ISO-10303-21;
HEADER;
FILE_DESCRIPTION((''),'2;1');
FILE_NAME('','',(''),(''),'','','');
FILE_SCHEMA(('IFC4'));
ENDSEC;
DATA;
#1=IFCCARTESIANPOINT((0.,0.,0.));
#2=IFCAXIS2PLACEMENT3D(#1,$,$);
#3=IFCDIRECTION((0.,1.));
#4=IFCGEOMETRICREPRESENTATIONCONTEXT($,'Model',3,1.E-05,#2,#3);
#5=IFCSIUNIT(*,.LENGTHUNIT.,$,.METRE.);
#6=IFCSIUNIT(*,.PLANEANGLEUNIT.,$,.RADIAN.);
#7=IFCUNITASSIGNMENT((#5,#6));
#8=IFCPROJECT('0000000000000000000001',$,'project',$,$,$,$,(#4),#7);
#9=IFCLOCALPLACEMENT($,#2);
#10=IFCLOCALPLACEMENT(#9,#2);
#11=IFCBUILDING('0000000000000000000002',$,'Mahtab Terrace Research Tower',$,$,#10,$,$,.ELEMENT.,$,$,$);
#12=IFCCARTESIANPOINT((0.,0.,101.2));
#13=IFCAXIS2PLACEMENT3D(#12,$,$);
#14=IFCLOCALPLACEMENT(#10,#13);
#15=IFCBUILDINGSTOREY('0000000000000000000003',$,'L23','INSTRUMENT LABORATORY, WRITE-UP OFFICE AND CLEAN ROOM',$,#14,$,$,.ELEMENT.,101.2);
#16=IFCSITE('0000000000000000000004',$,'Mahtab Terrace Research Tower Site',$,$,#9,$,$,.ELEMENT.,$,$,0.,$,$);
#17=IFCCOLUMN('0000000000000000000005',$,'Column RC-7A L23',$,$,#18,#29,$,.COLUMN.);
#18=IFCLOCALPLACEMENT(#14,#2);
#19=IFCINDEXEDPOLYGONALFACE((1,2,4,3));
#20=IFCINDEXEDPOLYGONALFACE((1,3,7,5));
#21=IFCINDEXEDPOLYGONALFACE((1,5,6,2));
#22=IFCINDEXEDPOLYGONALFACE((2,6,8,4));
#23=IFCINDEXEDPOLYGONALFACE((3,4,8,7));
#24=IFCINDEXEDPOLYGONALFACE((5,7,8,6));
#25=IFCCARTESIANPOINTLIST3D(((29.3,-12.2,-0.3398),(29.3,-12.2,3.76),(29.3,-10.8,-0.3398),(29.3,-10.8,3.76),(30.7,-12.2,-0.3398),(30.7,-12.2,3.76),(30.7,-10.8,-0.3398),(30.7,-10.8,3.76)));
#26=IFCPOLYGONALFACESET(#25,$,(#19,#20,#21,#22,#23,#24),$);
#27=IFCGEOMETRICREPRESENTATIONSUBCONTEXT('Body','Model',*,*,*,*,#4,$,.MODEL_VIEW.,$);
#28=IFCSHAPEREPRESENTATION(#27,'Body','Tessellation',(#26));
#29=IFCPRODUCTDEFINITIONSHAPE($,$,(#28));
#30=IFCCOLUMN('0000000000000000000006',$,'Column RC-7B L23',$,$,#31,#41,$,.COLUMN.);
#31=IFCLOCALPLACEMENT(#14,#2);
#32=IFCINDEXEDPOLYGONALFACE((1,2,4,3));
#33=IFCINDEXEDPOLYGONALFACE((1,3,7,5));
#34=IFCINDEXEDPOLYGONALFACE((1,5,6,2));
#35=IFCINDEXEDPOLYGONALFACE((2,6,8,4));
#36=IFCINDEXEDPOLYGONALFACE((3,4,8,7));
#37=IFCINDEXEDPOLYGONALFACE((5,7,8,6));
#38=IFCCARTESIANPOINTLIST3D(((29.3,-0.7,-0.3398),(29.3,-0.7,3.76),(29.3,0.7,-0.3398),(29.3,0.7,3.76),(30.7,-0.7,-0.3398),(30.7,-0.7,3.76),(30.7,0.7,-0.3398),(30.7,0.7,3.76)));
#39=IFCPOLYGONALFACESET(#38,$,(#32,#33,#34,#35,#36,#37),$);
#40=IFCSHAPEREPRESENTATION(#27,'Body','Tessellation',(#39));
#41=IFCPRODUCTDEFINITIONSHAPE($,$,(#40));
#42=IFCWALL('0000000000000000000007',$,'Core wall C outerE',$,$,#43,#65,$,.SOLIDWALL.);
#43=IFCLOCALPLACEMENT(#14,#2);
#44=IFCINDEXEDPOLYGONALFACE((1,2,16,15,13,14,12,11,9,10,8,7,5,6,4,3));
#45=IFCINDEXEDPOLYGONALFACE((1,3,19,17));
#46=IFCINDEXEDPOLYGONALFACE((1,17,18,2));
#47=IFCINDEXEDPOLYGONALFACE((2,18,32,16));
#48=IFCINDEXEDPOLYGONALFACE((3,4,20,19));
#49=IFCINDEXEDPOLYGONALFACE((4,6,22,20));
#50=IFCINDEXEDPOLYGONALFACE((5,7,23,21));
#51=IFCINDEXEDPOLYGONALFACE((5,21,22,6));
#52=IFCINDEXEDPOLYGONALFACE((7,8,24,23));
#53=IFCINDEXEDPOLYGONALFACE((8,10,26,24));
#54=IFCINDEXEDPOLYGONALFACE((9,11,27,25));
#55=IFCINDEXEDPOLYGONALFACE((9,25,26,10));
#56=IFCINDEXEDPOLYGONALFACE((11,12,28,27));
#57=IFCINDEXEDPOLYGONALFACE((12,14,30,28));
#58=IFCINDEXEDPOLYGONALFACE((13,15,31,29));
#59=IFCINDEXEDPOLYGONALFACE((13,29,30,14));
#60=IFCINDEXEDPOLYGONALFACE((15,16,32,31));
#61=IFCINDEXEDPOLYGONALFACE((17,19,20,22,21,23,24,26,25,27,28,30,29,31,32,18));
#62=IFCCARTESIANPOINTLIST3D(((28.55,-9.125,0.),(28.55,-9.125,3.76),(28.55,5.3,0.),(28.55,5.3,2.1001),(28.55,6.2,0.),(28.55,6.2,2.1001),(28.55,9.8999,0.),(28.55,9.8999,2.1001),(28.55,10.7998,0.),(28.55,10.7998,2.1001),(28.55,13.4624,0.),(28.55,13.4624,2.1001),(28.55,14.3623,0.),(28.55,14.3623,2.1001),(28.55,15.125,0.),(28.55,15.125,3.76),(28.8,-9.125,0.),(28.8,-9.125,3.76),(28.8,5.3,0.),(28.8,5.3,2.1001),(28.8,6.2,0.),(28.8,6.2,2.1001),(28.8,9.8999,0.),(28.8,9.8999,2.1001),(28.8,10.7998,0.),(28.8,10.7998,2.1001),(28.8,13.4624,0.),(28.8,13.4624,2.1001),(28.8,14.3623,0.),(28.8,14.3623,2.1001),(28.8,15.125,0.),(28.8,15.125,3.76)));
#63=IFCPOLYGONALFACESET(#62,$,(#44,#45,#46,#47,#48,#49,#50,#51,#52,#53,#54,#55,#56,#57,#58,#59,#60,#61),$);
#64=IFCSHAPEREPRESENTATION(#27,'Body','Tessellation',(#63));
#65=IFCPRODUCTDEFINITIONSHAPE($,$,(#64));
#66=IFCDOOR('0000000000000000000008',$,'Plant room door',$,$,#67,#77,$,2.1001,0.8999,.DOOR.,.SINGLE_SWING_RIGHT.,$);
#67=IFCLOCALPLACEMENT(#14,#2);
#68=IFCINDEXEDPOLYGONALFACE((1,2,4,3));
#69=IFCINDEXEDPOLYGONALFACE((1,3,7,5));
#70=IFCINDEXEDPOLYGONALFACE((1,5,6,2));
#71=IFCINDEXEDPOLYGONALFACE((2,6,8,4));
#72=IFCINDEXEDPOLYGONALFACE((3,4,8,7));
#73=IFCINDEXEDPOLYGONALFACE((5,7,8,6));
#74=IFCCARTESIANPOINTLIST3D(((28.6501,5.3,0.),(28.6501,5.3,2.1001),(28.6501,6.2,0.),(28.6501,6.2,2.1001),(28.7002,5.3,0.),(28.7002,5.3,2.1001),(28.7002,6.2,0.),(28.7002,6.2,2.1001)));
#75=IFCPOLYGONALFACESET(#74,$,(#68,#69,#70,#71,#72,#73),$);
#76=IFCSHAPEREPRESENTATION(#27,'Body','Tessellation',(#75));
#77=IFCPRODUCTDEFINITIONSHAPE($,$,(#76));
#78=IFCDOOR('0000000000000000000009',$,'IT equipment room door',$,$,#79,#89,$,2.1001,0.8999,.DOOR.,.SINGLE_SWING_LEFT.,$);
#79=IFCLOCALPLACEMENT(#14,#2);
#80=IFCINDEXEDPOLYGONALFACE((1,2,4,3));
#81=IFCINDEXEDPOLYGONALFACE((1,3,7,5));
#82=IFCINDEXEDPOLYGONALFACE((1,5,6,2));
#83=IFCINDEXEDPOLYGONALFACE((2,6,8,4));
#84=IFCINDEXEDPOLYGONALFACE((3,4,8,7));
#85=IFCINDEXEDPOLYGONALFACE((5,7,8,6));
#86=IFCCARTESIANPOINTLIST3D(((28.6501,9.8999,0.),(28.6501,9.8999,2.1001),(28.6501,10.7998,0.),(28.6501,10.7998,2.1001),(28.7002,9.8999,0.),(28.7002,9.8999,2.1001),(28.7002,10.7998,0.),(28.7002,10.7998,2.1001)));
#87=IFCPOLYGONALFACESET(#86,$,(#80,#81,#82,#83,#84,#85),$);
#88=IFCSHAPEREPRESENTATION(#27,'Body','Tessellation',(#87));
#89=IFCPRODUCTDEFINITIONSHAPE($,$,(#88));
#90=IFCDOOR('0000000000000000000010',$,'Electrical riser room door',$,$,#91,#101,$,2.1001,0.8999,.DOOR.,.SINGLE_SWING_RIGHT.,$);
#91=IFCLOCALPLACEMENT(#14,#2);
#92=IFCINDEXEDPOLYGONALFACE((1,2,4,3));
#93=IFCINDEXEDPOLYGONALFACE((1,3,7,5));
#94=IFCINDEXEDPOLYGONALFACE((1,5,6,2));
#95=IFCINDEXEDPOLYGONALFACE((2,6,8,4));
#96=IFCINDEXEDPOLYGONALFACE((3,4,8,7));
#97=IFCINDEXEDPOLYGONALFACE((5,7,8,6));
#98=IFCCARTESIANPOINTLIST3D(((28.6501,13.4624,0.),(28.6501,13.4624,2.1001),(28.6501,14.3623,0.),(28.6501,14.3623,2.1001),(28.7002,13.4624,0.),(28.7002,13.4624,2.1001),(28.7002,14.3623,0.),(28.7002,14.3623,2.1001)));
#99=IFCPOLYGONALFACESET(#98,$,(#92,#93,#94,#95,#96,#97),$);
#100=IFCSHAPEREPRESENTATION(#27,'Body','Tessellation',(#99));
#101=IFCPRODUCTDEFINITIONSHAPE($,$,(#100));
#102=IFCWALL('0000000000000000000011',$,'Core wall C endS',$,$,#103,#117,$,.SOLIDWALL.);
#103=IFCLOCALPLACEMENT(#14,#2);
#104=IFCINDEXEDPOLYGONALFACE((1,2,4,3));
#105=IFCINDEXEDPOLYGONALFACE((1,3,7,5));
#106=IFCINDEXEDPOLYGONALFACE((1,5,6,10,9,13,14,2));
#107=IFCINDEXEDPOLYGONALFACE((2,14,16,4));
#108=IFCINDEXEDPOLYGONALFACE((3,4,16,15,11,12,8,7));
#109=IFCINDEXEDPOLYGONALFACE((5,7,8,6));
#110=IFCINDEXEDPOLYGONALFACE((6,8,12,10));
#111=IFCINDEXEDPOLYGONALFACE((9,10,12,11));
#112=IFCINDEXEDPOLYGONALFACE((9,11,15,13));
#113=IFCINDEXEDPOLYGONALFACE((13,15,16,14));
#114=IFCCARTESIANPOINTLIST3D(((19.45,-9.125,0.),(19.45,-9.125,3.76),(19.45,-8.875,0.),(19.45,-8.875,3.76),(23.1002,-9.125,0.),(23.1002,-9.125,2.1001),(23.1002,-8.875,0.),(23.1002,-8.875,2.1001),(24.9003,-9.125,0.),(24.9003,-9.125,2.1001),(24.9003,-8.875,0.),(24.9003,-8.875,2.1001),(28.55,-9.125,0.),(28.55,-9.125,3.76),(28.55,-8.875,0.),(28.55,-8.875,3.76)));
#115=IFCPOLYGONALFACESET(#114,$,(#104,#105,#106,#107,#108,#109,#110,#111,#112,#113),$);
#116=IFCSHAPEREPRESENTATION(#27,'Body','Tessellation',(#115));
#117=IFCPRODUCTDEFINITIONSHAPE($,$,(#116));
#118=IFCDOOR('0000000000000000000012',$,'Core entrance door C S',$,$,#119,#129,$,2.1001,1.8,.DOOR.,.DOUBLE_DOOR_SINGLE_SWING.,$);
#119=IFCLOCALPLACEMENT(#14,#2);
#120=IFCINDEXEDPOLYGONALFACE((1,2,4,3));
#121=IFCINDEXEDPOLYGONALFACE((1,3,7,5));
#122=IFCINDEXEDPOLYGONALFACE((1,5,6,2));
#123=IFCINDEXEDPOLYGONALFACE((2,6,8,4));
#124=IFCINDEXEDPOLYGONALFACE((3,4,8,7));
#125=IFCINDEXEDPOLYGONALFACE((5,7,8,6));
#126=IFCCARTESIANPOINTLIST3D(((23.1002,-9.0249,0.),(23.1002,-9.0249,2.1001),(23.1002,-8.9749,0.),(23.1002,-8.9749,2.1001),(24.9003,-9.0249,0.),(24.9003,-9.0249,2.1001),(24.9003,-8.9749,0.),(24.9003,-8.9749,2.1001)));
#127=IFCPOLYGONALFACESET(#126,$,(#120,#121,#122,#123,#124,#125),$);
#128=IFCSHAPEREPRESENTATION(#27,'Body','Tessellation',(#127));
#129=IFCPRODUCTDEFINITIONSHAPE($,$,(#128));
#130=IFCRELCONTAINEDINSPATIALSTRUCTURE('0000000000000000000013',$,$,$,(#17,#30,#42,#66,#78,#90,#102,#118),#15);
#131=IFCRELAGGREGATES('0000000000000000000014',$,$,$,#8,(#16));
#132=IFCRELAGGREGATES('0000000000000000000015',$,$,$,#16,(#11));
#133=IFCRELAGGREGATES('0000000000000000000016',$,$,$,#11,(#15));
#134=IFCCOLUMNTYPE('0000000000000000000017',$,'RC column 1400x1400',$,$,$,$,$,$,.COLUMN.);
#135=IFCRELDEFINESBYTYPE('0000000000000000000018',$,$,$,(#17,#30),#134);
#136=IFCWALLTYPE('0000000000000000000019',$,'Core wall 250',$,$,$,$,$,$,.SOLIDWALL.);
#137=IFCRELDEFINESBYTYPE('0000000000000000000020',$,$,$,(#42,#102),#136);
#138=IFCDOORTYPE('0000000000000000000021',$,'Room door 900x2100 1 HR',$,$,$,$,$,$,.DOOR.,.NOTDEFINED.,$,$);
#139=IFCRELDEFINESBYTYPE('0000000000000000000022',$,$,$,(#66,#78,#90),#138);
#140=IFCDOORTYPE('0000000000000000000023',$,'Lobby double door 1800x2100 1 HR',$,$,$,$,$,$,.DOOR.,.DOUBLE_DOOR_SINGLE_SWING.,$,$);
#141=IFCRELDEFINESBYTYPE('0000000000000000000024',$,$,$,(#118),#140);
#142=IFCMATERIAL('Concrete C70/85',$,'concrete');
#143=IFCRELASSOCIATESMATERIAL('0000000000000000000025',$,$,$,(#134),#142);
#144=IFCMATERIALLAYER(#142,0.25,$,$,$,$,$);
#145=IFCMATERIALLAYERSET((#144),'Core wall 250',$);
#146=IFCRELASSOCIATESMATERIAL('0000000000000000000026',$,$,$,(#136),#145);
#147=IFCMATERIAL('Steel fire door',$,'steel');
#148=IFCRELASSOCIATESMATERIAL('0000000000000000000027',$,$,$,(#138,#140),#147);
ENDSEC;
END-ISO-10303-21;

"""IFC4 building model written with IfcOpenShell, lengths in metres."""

from ifc_helpers import new_model, si_unit, direction, frame, frame_2d, origin, origin_2d, place, context, subcontext, project, spatial, rectangle, extrude, material, layer, layer_set, material_profile, profile_set, type_object, element, fill, save


model = new_model("IFC4")

# Units and contexts
model_context = context("Model", 3, precision=1e-05, world=origin(), true_north=direction((0.0, 1.0)))
body_context = subcontext(model_context, "Body", "Model", "MODEL_VIEW")
ifc_project = project(units=[si_unit("LENGTHUNIT", "METRE"), si_unit("PLANEANGLEUNIT", "RADIAN")], contexts=[model_context])

# Site, building, storey
site_placement = place(None, origin())
site = spatial("IfcSite", under=ifc_project, at=site_placement, Name="Mahtab Terrace Research Tower Site", CompositionType="ELEMENT", RefElevation=0.0)
building_placement = place(site_placement, origin())
building = spatial("IfcBuilding", under=site, at=building_placement, Name="Mahtab Terrace Research Tower", CompositionType="ELEMENT")
storey_placement = place(building_placement, frame((0.0, 0.0, 101.2)))
storey = spatial("IfcBuildingStorey", under=building, at=storey_placement, Name="L23", Description="INSTRUMENT LABORATORY, WRITE-UP OFFICE AND CLEAN ROOM", CompositionType="ELEMENT", Elevation=101.2)

# Columns
ifc_material_1 = material(Name="Concrete C70/85", Category="concrete")
ifc_material_profile = material_profile(ifc_material_1, rectangle(XDim=1.3999, YDim=1.3999, at=origin_2d()), Name="RC column 1400x1400")
ifc_profile_set = profile_set([ifc_material_profile], Name="Concrete C70/85")
column_type = type_object("IfcColumnType", Name="RC column 1400x1400", PredefinedType="COLUMN", material=ifc_profile_set)
for number, where, z_axis, x_axis, name in (
    (1, (30.0, -11.5, -0.3398), (0.0, 0.0, 1.0), (1.0, 0.0, 0.0), "Column RC-7A L23"),
    (2, (30.0, 0.0, -0.3398), (0.0, 0.0, 1.0), (1.0, 0.0, 0.0), "Column RC-7B L23"),
):
    element("IfcColumn", number, at=place(storey_placement, frame(where, z_axis=z_axis, x_axis=x_axis)), inside=storey, type_object=column_type, Name=name, PredefinedType="COLUMN", context=body_context, shape_type="SweptSolid", body=[
        extrude(rectangle(XDim=1.3999, YDim=1.3999, at=origin_2d()), origin(), (0.0, 0.0, 1.0), 4.0999),
    ])

# Wall, openings, doors
ifc_layer_1 = layer(ifc_material_1, 0.25)
ifc_layer_set_1 = layer_set([ifc_layer_1], Name="Core wall 250")
wall_type_1 = type_object("IfcWallType", Name="Core wall 250", PredefinedType="SOLIDWALL", material=ifc_layer_set_1)
wall_1_placement = place(storey_placement, frame((28.675, -9.125, 0.0), z_axis=(0.0, 0.0, 1.0), x_axis=(0.0, 1.0, 0.0)))
wall_1 = element("IfcWall", 3, at=wall_1_placement, inside=storey, type_object=wall_type_1, Name="Core wall C outerE", PredefinedType="SOLIDWALL", context=body_context, shape_type="SweptSolid", body=[
    extrude(rectangle(XDim=24.25, YDim=0.25, at=frame_2d((12.125, 0.0))), origin(), (0.0, 0.0, 1.0), 3.76),
])
opening_1_placement = place(wall_1_placement, frame((14.425, 0.0, 0.0)))
opening_1 = element("IfcOpeningElement", 4, at=opening_1_placement, cuts=wall_1, PredefinedType="OPENING", context=body_context, shape_type="SweptSolid", body=[
    extrude(rectangle(XDim=0.8999, YDim=2.1001, at=frame_2d((0.45, 1.05))), frame((0.0, 0.135, 0.0), z_axis=(0.0, -1.0, 0.0), x_axis=(1.0, 0.0, 0.0)), (0.0, 0.0, 1.0), 0.27),
])
opening_2_placement = place(wall_1_placement, frame((19.0249, 0.0, 0.0)))
opening_2 = element("IfcOpeningElement", 5, at=opening_2_placement, cuts=wall_1, PredefinedType="OPENING", context=body_context, shape_type="SweptSolid", body=[
    extrude(rectangle(XDim=0.8999, YDim=2.1001, at=frame_2d((0.45, 1.05))), frame((0.0, 0.135, 0.0), z_axis=(0.0, -1.0, 0.0), x_axis=(1.0, 0.0, 0.0)), (0.0, 0.0, 1.0), 0.27),
])
opening_3_placement = place(wall_1_placement, frame((22.5874, 0.0, 0.0)))
opening_3 = element("IfcOpeningElement", 6, at=opening_3_placement, cuts=wall_1, PredefinedType="OPENING", context=body_context, shape_type="SweptSolid", body=[
    extrude(rectangle(XDim=0.8999, YDim=2.1001, at=frame_2d((0.45, 1.05))), frame((0.0, 0.135, 0.0), z_axis=(0.0, -1.0, 0.0), x_axis=(1.0, 0.0, 0.0)), (0.0, 0.0, 1.0), 0.27),
])
ifc_material_2 = material(Name="Steel fire door", Category="steel")
door_type_1 = type_object("IfcDoorType", Name="Room door 900x2100 1 HR", OperationType="NOTDEFINED", PredefinedType="DOOR", material=ifc_material_2)
door_1_placement = place(opening_1_placement, origin())
door_1 = element("IfcDoor", 7, at=door_1_placement, inside=storey, type_object=door_type_1, Name="Plant room door", OperationType="SINGLE_SWING_RIGHT", OverallHeight=2.1001, OverallWidth=0.8999, PredefinedType="DOOR", context=body_context, shape_type="SweptSolid", body=[
    extrude(rectangle(XDim=0.8999, YDim=2.1001, at=frame_2d((0.45, 1.05))), frame((0.0, 0.0249, 0.0), z_axis=(0.0, -1.0, 0.0), x_axis=(1.0, 0.0, 0.0)), (0.0, 0.0, 1.0), 0.05),
])
fill(opening_1, door_1)
door_2_placement = place(opening_2_placement, origin())
door_2 = element("IfcDoor", 8, at=door_2_placement, inside=storey, type_object=door_type_1, Name="IT equipment room door", OperationType="SINGLE_SWING_LEFT", OverallHeight=2.1001, OverallWidth=0.8999, PredefinedType="DOOR", context=body_context, shape_type="SweptSolid", body=[
    extrude(rectangle(XDim=0.8999, YDim=2.1001, at=frame_2d((0.45, 1.05))), frame((0.0, 0.0249, 0.0), z_axis=(0.0, -1.0, 0.0), x_axis=(1.0, 0.0, 0.0)), (0.0, 0.0, 1.0), 0.05),
])
fill(opening_2, door_2)
door_3_placement = place(opening_3_placement, origin())
door_3 = element("IfcDoor", 9, at=door_3_placement, inside=storey, type_object=door_type_1, Name="Electrical riser room door", OperationType="SINGLE_SWING_RIGHT", OverallHeight=2.1001, OverallWidth=0.8999, PredefinedType="DOOR", context=body_context, shape_type="SweptSolid", body=[
    extrude(rectangle(XDim=0.8999, YDim=2.1001, at=frame_2d((0.45, 1.05))), frame((0.0, 0.0249, 0.0), z_axis=(0.0, -1.0, 0.0), x_axis=(1.0, 0.0, 0.0)), (0.0, 0.0, 1.0), 0.05),
])
fill(opening_3, door_3)

# Wall, opening, door
wall_2_placement = place(storey_placement, frame((28.55, -9.0, 0.0), z_axis=(0.0, 0.0, 1.0), x_axis=(-1.0, 0.0, 0.0)))
wall_2 = element("IfcWall", 10, at=wall_2_placement, inside=storey, type_object=wall_type_1, Name="Core wall C endS", PredefinedType="SOLIDWALL", context=body_context, shape_type="SweptSolid", body=[
    extrude(rectangle(XDim=9.1001, YDim=0.25, at=frame_2d((4.55, 0.0))), origin(), (0.0, 0.0, 1.0), 3.76),
])
opening_4_placement = place(wall_2_placement, frame((3.6499, 0.0, 0.0)))
opening_4 = element("IfcOpeningElement", 11, at=opening_4_placement, cuts=wall_2, PredefinedType="OPENING", context=body_context, shape_type="SweptSolid", body=[
    extrude(rectangle(XDim=1.8, YDim=2.1001, at=frame_2d((0.8999, 1.05))), frame((0.0, 0.135, 0.0), z_axis=(0.0, -1.0, 0.0), x_axis=(1.0, 0.0, 0.0)), (0.0, 0.0, 1.0), 0.27),
])
door_type_2 = type_object("IfcDoorType", Name="Lobby double door 1800x2100 1 HR", OperationType="DOUBLE_DOOR_SINGLE_SWING", PredefinedType="DOOR", material=ifc_material_2)
door_4_placement = place(opening_4_placement, origin())
door_4 = element("IfcDoor", 12, at=door_4_placement, inside=storey, type_object=door_type_2, Name="Core entrance door C S", OperationType="DOUBLE_DOOR_SINGLE_SWING", OverallHeight=2.1001, OverallWidth=1.8, PredefinedType="DOOR", context=body_context, shape_type="SweptSolid", body=[
    extrude(rectangle(XDim=1.8, YDim=2.1001, at=frame_2d((0.8999, 1.05))), frame((0.0, 0.0249, 0.0), z_axis=(0.0, -1.0, 0.0), x_axis=(1.0, 0.0, 0.0)), (0.0, 0.0, 1.0), 0.05),
])
fill(opening_4, door_4)

save(model, "model.ifc")
